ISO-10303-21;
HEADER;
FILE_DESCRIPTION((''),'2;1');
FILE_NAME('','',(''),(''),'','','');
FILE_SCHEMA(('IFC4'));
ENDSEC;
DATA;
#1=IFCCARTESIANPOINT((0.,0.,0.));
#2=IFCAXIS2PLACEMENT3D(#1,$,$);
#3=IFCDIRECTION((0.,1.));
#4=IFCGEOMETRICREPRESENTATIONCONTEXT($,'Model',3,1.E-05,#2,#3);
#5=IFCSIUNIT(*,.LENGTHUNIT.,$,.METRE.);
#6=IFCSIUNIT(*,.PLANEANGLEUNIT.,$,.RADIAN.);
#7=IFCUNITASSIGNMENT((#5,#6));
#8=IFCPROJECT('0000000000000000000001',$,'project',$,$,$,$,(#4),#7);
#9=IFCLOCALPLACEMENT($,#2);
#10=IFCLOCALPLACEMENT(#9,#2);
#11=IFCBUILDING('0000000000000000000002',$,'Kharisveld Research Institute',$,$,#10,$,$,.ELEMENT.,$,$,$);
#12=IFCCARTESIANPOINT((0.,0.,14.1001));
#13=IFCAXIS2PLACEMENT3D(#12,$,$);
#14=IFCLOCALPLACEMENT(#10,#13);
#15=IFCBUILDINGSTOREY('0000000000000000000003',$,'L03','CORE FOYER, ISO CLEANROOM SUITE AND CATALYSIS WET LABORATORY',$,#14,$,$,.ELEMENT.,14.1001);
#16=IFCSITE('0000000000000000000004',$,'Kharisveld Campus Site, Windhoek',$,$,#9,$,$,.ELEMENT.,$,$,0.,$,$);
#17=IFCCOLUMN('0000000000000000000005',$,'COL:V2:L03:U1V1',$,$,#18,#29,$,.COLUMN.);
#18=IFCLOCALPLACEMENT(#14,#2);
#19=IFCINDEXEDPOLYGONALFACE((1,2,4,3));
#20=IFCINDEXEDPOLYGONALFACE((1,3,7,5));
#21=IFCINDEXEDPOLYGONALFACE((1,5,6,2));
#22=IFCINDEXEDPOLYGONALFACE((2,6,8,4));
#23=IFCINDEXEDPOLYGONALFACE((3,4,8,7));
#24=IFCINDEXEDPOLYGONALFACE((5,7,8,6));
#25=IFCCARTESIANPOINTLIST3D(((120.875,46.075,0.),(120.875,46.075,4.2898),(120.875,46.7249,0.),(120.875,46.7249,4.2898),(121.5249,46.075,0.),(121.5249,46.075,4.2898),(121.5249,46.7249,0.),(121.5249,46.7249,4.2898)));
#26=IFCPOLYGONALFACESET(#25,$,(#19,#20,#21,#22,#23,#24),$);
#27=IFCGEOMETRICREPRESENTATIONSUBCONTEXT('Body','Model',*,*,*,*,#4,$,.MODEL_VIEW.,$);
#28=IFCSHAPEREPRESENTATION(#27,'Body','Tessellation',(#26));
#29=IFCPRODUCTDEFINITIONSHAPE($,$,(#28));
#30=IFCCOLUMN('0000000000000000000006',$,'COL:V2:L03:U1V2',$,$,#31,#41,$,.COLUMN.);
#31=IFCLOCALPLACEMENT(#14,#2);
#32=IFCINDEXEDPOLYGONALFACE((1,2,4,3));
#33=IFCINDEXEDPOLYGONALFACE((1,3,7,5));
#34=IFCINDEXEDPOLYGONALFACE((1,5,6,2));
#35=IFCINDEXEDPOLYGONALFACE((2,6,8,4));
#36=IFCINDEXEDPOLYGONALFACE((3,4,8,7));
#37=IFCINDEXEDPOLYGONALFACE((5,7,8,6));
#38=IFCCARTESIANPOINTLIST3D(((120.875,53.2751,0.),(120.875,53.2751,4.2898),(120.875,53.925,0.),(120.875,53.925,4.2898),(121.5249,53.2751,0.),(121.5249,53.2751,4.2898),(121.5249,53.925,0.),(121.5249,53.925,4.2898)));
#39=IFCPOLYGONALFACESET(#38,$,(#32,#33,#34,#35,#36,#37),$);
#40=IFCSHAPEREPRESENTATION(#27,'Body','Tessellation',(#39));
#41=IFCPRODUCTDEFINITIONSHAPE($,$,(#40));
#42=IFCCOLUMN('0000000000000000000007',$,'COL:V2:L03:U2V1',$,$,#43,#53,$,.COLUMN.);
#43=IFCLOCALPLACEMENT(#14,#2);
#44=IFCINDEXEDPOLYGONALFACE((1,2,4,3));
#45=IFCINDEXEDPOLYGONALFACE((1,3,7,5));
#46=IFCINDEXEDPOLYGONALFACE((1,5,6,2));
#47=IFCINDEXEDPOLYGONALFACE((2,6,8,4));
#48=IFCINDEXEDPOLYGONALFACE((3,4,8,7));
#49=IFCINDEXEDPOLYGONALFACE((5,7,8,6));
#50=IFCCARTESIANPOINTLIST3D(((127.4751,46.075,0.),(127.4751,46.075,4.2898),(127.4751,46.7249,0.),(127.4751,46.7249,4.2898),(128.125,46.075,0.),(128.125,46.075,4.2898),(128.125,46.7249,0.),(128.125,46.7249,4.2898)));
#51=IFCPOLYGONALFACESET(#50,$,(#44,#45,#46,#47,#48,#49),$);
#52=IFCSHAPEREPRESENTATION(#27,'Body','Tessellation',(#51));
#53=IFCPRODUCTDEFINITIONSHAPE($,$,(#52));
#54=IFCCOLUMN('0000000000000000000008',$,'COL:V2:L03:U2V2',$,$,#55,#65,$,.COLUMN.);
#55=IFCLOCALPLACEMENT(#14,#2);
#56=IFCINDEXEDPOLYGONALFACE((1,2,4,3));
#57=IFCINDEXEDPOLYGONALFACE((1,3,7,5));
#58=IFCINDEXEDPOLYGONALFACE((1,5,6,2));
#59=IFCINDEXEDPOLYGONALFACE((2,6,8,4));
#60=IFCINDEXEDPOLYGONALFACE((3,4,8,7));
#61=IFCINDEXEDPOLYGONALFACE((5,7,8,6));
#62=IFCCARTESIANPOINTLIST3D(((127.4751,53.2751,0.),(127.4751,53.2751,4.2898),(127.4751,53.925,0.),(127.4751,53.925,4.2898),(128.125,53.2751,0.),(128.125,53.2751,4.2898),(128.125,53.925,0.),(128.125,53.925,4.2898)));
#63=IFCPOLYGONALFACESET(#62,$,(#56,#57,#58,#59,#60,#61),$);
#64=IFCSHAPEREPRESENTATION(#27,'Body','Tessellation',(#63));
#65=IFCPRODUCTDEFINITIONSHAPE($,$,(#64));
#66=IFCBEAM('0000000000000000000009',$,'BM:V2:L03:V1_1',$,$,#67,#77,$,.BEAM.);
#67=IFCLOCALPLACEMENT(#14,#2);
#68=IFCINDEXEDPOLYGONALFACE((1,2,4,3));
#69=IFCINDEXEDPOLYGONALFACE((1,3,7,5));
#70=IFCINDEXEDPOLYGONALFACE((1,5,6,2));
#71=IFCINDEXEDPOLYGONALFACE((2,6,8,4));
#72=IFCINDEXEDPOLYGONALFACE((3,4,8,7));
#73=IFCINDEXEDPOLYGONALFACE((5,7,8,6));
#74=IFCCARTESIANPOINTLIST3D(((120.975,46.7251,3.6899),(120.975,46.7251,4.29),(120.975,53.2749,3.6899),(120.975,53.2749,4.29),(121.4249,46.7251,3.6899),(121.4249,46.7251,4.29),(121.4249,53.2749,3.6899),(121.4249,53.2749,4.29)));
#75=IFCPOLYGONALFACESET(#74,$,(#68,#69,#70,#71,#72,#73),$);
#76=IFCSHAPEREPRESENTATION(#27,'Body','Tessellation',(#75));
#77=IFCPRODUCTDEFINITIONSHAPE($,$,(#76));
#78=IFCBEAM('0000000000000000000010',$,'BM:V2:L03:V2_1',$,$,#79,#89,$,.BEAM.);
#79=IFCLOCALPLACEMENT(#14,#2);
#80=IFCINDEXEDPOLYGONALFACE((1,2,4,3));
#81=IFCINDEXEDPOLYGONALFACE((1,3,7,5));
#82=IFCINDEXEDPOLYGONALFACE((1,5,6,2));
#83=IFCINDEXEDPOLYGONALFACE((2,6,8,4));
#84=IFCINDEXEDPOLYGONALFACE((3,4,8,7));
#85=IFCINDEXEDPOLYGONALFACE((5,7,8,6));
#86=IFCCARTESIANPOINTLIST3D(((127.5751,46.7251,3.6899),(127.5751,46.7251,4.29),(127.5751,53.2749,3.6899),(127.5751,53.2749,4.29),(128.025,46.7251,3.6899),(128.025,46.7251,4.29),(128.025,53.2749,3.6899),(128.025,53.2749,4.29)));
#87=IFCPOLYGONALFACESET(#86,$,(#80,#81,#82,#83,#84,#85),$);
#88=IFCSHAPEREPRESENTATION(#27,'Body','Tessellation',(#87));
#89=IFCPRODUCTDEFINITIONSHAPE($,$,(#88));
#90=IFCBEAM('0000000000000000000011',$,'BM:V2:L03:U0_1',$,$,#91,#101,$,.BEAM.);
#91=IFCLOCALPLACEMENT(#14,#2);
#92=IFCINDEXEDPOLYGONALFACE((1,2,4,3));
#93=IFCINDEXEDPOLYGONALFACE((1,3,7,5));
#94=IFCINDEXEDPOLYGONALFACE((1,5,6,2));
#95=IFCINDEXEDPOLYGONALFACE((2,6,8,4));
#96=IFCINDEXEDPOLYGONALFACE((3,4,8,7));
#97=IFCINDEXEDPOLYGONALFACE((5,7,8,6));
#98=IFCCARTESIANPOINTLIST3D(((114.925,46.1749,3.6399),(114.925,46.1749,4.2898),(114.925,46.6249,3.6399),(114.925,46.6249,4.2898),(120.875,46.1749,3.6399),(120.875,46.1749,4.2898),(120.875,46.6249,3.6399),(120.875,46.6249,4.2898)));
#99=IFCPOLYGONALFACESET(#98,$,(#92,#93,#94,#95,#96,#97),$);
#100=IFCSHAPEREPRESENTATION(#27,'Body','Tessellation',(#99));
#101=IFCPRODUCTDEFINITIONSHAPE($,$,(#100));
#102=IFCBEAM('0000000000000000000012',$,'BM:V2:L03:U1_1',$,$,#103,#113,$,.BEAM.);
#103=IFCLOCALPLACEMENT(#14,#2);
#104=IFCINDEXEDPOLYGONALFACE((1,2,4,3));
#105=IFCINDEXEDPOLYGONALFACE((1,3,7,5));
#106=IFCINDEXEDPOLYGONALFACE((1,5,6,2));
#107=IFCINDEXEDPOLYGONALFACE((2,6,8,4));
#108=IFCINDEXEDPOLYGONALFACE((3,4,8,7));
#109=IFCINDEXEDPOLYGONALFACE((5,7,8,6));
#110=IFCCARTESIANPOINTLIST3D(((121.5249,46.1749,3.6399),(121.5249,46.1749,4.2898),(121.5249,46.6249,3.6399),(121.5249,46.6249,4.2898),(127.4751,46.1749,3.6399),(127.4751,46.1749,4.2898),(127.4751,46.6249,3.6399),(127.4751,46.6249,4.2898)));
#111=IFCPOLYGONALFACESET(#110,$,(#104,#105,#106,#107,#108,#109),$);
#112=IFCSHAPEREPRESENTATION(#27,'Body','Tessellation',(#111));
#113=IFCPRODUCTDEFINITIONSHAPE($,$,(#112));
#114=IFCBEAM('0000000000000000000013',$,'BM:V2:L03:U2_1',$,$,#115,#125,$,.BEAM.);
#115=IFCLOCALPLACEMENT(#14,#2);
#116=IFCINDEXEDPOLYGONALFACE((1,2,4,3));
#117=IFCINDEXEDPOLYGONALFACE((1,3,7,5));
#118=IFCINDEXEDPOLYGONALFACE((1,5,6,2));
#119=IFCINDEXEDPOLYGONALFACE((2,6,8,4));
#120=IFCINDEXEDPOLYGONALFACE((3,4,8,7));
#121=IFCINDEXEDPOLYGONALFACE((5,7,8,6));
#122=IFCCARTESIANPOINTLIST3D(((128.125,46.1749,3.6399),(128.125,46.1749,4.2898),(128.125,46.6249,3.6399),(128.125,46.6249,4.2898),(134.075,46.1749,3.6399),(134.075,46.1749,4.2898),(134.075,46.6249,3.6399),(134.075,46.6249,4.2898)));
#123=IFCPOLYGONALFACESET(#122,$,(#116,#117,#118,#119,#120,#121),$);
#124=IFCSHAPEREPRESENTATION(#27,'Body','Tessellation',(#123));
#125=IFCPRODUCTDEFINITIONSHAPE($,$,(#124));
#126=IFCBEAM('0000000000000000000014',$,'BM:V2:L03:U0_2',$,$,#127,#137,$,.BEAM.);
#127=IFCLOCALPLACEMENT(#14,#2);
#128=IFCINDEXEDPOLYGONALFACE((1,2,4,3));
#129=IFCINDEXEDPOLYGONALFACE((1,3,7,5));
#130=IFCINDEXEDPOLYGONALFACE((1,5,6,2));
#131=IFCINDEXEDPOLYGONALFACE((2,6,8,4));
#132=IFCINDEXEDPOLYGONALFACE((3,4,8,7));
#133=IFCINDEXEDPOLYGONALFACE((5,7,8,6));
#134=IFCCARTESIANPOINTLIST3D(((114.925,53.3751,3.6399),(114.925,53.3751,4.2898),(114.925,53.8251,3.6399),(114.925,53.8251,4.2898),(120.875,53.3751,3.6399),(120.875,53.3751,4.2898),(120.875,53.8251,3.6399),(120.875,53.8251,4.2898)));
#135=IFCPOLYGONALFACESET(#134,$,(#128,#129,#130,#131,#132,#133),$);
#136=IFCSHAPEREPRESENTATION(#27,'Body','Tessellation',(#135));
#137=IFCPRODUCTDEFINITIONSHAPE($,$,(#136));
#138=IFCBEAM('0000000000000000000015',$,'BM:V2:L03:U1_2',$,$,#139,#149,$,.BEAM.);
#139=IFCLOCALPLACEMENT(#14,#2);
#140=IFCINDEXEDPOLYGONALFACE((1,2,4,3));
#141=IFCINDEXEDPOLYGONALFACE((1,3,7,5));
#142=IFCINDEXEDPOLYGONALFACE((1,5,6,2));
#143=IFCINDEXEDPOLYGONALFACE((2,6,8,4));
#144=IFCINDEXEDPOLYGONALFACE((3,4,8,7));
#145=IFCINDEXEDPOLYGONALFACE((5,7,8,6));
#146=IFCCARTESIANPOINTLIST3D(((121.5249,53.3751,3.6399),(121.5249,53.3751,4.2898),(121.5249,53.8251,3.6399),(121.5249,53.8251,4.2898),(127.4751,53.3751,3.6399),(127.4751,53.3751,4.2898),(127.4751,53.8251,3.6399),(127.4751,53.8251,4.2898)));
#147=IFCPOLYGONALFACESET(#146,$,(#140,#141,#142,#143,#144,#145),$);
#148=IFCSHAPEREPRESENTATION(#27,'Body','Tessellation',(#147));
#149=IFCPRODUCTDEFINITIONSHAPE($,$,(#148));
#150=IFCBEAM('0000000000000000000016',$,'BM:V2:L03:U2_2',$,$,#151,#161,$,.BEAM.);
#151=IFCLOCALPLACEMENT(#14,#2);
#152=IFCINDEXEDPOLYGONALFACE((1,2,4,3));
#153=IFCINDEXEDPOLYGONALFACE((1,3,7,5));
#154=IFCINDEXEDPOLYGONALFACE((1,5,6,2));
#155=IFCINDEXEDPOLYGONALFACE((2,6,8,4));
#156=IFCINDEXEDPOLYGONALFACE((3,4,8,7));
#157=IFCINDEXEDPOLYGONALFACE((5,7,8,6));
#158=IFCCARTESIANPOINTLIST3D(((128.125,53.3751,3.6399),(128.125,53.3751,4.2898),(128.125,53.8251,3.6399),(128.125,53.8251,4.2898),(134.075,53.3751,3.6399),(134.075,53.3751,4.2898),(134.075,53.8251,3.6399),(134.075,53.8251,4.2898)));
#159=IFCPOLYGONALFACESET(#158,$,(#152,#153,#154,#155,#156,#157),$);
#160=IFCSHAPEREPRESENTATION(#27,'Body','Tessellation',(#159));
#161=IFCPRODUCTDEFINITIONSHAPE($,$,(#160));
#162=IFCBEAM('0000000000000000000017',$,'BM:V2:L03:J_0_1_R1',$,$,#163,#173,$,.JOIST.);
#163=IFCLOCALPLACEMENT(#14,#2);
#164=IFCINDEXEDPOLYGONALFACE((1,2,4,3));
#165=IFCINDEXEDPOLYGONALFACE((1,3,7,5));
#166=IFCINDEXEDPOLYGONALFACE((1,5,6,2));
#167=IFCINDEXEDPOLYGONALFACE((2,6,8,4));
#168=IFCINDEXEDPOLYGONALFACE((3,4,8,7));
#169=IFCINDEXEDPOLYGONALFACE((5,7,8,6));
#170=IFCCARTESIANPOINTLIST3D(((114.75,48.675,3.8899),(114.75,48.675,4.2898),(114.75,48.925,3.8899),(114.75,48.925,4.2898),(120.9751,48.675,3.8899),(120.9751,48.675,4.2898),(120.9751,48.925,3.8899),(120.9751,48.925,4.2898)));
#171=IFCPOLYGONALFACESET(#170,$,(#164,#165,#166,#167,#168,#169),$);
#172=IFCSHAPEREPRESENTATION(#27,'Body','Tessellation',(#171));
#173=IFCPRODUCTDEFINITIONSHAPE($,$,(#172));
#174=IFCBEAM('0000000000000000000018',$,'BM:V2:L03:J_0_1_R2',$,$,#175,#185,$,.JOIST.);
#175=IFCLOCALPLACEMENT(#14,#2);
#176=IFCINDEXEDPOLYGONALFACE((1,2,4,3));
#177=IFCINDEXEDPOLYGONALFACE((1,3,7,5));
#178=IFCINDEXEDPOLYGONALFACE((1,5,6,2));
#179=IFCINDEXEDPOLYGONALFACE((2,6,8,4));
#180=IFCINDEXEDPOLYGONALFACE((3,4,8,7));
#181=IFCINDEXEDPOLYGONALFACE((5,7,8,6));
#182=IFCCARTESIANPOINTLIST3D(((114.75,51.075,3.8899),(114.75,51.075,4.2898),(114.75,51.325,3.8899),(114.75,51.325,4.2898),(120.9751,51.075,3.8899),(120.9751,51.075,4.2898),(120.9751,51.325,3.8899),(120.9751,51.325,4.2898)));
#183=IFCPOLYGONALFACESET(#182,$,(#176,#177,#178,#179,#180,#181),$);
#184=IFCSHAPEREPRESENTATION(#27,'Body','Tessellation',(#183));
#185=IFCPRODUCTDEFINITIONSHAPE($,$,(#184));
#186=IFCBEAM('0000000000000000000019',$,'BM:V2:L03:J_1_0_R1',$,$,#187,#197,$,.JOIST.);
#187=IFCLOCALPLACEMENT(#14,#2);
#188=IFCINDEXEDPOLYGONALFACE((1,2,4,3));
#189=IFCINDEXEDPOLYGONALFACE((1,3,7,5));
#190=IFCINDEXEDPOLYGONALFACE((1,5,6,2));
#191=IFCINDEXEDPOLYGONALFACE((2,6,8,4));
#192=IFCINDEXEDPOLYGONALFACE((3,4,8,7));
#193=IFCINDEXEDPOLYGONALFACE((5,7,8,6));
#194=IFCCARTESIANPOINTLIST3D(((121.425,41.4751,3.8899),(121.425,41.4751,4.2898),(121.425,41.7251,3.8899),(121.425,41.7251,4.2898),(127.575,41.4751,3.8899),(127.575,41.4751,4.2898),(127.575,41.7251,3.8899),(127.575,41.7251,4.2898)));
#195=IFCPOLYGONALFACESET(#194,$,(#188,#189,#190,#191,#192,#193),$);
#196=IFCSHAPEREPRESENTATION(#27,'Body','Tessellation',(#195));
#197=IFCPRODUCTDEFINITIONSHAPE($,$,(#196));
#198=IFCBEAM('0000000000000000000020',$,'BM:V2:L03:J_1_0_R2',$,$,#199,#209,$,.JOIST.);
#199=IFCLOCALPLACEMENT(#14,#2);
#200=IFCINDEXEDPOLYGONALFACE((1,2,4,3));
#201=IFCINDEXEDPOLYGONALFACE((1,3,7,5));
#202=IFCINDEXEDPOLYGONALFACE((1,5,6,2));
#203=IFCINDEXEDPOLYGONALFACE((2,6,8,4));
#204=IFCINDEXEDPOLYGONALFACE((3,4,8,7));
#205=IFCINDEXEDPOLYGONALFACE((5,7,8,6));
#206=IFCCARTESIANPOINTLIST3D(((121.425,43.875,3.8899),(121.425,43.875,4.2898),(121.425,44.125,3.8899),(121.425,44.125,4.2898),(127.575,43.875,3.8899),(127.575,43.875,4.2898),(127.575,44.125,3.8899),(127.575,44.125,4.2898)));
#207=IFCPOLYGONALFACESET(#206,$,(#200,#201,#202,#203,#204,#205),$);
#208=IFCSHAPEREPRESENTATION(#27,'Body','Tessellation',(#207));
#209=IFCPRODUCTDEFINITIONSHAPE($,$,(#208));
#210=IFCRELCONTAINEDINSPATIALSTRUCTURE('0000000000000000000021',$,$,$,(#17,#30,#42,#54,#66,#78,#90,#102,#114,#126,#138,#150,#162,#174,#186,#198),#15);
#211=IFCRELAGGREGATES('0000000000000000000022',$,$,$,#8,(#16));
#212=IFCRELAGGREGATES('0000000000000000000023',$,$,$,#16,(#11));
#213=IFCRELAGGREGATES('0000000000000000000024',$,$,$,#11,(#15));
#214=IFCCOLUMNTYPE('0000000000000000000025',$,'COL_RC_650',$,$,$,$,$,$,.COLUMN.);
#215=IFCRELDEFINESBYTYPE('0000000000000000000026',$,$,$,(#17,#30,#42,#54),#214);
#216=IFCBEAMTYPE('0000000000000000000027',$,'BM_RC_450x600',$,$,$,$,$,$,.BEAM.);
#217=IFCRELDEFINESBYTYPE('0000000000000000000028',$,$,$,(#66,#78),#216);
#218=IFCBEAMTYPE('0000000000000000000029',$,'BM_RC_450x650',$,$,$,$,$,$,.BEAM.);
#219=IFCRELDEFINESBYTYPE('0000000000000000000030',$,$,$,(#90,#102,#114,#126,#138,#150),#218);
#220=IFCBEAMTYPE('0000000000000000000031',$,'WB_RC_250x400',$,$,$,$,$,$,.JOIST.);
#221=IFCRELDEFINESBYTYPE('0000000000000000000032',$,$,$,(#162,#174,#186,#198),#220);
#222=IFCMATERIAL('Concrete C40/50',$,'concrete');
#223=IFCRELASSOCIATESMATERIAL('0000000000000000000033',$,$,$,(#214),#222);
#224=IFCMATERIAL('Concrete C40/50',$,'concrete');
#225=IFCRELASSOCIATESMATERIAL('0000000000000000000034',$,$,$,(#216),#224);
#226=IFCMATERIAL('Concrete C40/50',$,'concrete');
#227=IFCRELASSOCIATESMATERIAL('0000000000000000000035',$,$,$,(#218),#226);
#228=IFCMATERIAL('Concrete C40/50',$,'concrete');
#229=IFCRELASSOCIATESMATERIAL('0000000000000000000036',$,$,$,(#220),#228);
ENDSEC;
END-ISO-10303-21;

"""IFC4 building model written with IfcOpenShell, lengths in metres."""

from ifc_helpers import new_model, si_unit, direction, frame, origin, origin_2d, place, context, subcontext, project, spatial, rectangle, extrude, material, material_profile, profile_set, type_object, element, save


model = new_model("IFC4")

# Units and contexts
model_context = context("Model", 3, precision=1e-05, world=origin(), true_north=direction((0.0, 1.0)))
body_context = subcontext(model_context, "Body", "Model", "MODEL_VIEW")
ifc_project = project(units=[si_unit("LENGTHUNIT", "METRE"), si_unit("PLANEANGLEUNIT", "RADIAN")], contexts=[model_context])

# Site, building, storey
site_placement = place(None, origin())
site = spatial("IfcSite", under=ifc_project, at=site_placement, Name="Kharisveld Campus Site, Windhoek", CompositionType="ELEMENT", RefElevation=0.0)
building_placement = place(site_placement, origin())
building = spatial("IfcBuilding", under=site, at=building_placement, Name="Kharisveld Research Institute", CompositionType="ELEMENT")
storey_placement = place(building_placement, frame((0.0, 0.0, 14.1001)))
storey = spatial("IfcBuildingStorey", under=building, at=storey_placement, Name="L03", Description="CORE FOYER, ISO CLEANROOM SUITE AND CATALYSIS WET LABORATORY", CompositionType="ELEMENT", Elevation=14.1001)

# Columns
ifc_material_1 = material(Name="Concrete C40/50", Category="concrete")
ifc_material_profile_1 = material_profile(ifc_material_1, rectangle(XDim=0.6499, YDim=0.6499, at=origin_2d()))
ifc_profile_set_1 = profile_set([ifc_material_profile_1], Name="Concrete C40/50")
column_type = type_object("IfcColumnType", Name="COL_RC_650", PredefinedType="COLUMN", material=ifc_profile_set_1)
for number, where, z_axis, x_axis, name in (
    (1, (121.2, 46.3999, 0.0), (0.0, 0.0, 1.0), (1.0, 0.0, 0.0), "COL:V2:L03:U1V1"),
    (2, (121.2, 53.6001, 0.0), (0.0, 0.0, 1.0), (1.0, 0.0, 0.0), "COL:V2:L03:U1V2"),
    (3, (127.8, 46.3999, 0.0), (0.0, 0.0, 1.0), (1.0, 0.0, 0.0), "COL:V2:L03:U2V1"),
    (4, (127.8, 53.6001, 0.0), (0.0, 0.0, 1.0), (1.0, 0.0, 0.0), "COL:V2:L03:U2V2"),
):
    element("IfcColumn", number, at=place(storey_placement, frame(where, z_axis=z_axis, x_axis=x_axis)), inside=storey, type_object=column_type, Name=name, PredefinedType="COLUMN", context=body_context, shape_type="SweptSolid", body=[
        extrude(rectangle(XDim=0.6499, YDim=0.6499, at=origin_2d()), origin(), (0.0, 0.0, 1.0), 4.2898),
    ])

# Beams
ifc_material_2 = material(Name="Concrete C40/50", Category="concrete")
ifc_material_profile_2 = material_profile(ifc_material_2, rectangle(XDim=0.45, YDim=0.6001, at=origin_2d()))
ifc_profile_set_2 = profile_set([ifc_material_profile_2], Name="Concrete C40/50")
beam_type_1 = type_object("IfcBeamType", Name="BM_RC_450x600", PredefinedType="BEAM", material=ifc_profile_set_2)
for number, where, z_axis, x_axis, name in (
    (5, (121.2, 46.7251, 3.99), (0.0, 1.0, 0.0), (-1.0, 0.0, 0.0), "BM:V2:L03:V1_1"),
    (6, (127.8, 46.7251, 3.99), (0.0, 1.0, 0.0), (-1.0, 0.0, 0.0), "BM:V2:L03:V2_1"),
):
    element("IfcBeam", number, at=place(storey_placement, frame(where, z_axis=z_axis, x_axis=x_axis)), inside=storey, type_object=beam_type_1, Name=name, PredefinedType="BEAM", context=body_context, shape_type="SweptSolid", body=[
        extrude(rectangle(XDim=0.45, YDim=0.6001, at=origin_2d()), origin(), (0.0, 0.0, 1.0), 6.5498),
    ])
ifc_material_3 = material(Name="Concrete C40/50", Category="concrete")
ifc_material_profile_3 = material_profile(ifc_material_3, rectangle(XDim=0.45, YDim=0.6499, at=origin_2d()))
ifc_profile_set_3 = profile_set([ifc_material_profile_3], Name="Concrete C40/50")
beam_type_2 = type_object("IfcBeamType", Name="BM_RC_450x650", PredefinedType="BEAM", material=ifc_profile_set_3)
beam_1_placement = place(storey_placement, frame((114.925, 46.3999, 3.9648), z_axis=(1.0, 0.0, 0.0), x_axis=(0.0, 1.0, 0.0)))
element("IfcBeam", 7, at=beam_1_placement, inside=storey, type_object=beam_type_2, Name="BM:V2:L03:U0_1", PredefinedType="BEAM", context=body_context, shape_type="SweptSolid", body=[
    extrude(rectangle(XDim=0.45, YDim=0.6499, at=origin_2d()), origin(), (0.0, 0.0, 1.0), 5.95),
])
beam_2_placement = place(storey_placement, frame((121.5249, 46.3999, 3.9648), z_axis=(1.0, 0.0, 0.0), x_axis=(0.0, 1.0, 0.0)))
element("IfcBeam", 8, at=beam_2_placement, inside=storey, type_object=beam_type_2, Name="BM:V2:L03:U1_1", PredefinedType="BEAM", context=body_context, shape_type="SweptSolid", body=[
    extrude(rectangle(XDim=0.45, YDim=0.6499, at=origin_2d()), origin(), (0.0, 0.0, 1.0), 5.9502),
])
for number, where, z_axis, x_axis, name in (
    (9, (128.125, 46.3999, 3.9648), (1.0, 0.0, 0.0), (0.0, 1.0, 0.0), "BM:V2:L03:U2_1"),
    (10, (114.925, 53.6001, 3.9648), (1.0, 0.0, 0.0), (0.0, 1.0, 0.0), "BM:V2:L03:U0_2"),
):
    element("IfcBeam", number, at=place(storey_placement, frame(where, z_axis=z_axis, x_axis=x_axis)), inside=storey, type_object=beam_type_2, Name=name, PredefinedType="BEAM", context=body_context, shape_type="SweptSolid", body=[
        extrude(rectangle(XDim=0.45, YDim=0.6499, at=origin_2d()), origin(), (0.0, 0.0, 1.0), 5.95),
    ])
beam_3_placement = place(storey_placement, frame((121.5249, 53.6001, 3.9648), z_axis=(1.0, 0.0, 0.0), x_axis=(0.0, 1.0, 0.0)))
element("IfcBeam", 11, at=beam_3_placement, inside=storey, type_object=beam_type_2, Name="BM:V2:L03:U1_2", PredefinedType="BEAM", context=body_context, shape_type="SweptSolid", body=[
    extrude(rectangle(XDim=0.45, YDim=0.6499, at=origin_2d()), origin(), (0.0, 0.0, 1.0), 5.9502),
])
beam_4_placement = place(storey_placement, frame((128.125, 53.6001, 3.9648), z_axis=(1.0, 0.0, 0.0), x_axis=(0.0, 1.0, 0.0)))
element("IfcBeam", 12, at=beam_4_placement, inside=storey, type_object=beam_type_2, Name="BM:V2:L03:U2_2", PredefinedType="BEAM", context=body_context, shape_type="SweptSolid", body=[
    extrude(rectangle(XDim=0.45, YDim=0.6499, at=origin_2d()), origin(), (0.0, 0.0, 1.0), 5.95),
])
ifc_material_4 = material(Name="Concrete C40/50", Category="concrete")
ifc_material_profile_4 = material_profile(ifc_material_4, rectangle(XDim=0.25, YDim=0.3999, at=origin_2d()))
ifc_profile_set_4 = profile_set([ifc_material_profile_4], Name="Concrete C40/50")
beam_type_3 = type_object("IfcBeamType", Name="WB_RC_250x400", PredefinedType="JOIST", material=ifc_profile_set_4)
for number, where, z_axis, x_axis, name in (
    (13, (114.75, 48.8, 4.0898), (1.0, 0.0, 0.0), (0.0, 1.0, 0.0), "BM:V2:L03:J_0_1_R1"),
    (14, (114.75, 51.2, 4.0898), (1.0, 0.0, 0.0), (0.0, 1.0, 0.0), "BM:V2:L03:J_0_1_R2"),
):
    element("IfcBeam", number, at=place(storey_placement, frame(where, z_axis=z_axis, x_axis=x_axis)), inside=storey, type_object=beam_type_3, Name=name, PredefinedType="JOIST", context=body_context, shape_type="SweptSolid", body=[
        extrude(rectangle(XDim=0.25, YDim=0.3999, at=origin_2d()), origin(), (0.0, 0.0, 1.0), 6.2251),
    ])
for number, where, z_axis, x_axis, name in (
    (15, (121.425, 41.6001, 4.0898), (1.0, 0.0, 0.0), (0.0, 1.0, 0.0), "BM:V2:L03:J_1_0_R1"),
    (16, (121.425, 44.0, 4.0898), (1.0, 0.0, 0.0), (0.0, 1.0, 0.0), "BM:V2:L03:J_1_0_R2"),
):
    element("IfcBeam", number, at=place(storey_placement, frame(where, z_axis=z_axis, x_axis=x_axis)), inside=storey, type_object=beam_type_3, Name=name, PredefinedType="JOIST", context=body_context, shape_type="SweptSolid", body=[
        extrude(rectangle(XDim=0.25, YDim=0.3999, at=origin_2d()), origin(), (0.0, 0.0, 1.0), 6.1499),
    ])

save(model, "model.ifc")
